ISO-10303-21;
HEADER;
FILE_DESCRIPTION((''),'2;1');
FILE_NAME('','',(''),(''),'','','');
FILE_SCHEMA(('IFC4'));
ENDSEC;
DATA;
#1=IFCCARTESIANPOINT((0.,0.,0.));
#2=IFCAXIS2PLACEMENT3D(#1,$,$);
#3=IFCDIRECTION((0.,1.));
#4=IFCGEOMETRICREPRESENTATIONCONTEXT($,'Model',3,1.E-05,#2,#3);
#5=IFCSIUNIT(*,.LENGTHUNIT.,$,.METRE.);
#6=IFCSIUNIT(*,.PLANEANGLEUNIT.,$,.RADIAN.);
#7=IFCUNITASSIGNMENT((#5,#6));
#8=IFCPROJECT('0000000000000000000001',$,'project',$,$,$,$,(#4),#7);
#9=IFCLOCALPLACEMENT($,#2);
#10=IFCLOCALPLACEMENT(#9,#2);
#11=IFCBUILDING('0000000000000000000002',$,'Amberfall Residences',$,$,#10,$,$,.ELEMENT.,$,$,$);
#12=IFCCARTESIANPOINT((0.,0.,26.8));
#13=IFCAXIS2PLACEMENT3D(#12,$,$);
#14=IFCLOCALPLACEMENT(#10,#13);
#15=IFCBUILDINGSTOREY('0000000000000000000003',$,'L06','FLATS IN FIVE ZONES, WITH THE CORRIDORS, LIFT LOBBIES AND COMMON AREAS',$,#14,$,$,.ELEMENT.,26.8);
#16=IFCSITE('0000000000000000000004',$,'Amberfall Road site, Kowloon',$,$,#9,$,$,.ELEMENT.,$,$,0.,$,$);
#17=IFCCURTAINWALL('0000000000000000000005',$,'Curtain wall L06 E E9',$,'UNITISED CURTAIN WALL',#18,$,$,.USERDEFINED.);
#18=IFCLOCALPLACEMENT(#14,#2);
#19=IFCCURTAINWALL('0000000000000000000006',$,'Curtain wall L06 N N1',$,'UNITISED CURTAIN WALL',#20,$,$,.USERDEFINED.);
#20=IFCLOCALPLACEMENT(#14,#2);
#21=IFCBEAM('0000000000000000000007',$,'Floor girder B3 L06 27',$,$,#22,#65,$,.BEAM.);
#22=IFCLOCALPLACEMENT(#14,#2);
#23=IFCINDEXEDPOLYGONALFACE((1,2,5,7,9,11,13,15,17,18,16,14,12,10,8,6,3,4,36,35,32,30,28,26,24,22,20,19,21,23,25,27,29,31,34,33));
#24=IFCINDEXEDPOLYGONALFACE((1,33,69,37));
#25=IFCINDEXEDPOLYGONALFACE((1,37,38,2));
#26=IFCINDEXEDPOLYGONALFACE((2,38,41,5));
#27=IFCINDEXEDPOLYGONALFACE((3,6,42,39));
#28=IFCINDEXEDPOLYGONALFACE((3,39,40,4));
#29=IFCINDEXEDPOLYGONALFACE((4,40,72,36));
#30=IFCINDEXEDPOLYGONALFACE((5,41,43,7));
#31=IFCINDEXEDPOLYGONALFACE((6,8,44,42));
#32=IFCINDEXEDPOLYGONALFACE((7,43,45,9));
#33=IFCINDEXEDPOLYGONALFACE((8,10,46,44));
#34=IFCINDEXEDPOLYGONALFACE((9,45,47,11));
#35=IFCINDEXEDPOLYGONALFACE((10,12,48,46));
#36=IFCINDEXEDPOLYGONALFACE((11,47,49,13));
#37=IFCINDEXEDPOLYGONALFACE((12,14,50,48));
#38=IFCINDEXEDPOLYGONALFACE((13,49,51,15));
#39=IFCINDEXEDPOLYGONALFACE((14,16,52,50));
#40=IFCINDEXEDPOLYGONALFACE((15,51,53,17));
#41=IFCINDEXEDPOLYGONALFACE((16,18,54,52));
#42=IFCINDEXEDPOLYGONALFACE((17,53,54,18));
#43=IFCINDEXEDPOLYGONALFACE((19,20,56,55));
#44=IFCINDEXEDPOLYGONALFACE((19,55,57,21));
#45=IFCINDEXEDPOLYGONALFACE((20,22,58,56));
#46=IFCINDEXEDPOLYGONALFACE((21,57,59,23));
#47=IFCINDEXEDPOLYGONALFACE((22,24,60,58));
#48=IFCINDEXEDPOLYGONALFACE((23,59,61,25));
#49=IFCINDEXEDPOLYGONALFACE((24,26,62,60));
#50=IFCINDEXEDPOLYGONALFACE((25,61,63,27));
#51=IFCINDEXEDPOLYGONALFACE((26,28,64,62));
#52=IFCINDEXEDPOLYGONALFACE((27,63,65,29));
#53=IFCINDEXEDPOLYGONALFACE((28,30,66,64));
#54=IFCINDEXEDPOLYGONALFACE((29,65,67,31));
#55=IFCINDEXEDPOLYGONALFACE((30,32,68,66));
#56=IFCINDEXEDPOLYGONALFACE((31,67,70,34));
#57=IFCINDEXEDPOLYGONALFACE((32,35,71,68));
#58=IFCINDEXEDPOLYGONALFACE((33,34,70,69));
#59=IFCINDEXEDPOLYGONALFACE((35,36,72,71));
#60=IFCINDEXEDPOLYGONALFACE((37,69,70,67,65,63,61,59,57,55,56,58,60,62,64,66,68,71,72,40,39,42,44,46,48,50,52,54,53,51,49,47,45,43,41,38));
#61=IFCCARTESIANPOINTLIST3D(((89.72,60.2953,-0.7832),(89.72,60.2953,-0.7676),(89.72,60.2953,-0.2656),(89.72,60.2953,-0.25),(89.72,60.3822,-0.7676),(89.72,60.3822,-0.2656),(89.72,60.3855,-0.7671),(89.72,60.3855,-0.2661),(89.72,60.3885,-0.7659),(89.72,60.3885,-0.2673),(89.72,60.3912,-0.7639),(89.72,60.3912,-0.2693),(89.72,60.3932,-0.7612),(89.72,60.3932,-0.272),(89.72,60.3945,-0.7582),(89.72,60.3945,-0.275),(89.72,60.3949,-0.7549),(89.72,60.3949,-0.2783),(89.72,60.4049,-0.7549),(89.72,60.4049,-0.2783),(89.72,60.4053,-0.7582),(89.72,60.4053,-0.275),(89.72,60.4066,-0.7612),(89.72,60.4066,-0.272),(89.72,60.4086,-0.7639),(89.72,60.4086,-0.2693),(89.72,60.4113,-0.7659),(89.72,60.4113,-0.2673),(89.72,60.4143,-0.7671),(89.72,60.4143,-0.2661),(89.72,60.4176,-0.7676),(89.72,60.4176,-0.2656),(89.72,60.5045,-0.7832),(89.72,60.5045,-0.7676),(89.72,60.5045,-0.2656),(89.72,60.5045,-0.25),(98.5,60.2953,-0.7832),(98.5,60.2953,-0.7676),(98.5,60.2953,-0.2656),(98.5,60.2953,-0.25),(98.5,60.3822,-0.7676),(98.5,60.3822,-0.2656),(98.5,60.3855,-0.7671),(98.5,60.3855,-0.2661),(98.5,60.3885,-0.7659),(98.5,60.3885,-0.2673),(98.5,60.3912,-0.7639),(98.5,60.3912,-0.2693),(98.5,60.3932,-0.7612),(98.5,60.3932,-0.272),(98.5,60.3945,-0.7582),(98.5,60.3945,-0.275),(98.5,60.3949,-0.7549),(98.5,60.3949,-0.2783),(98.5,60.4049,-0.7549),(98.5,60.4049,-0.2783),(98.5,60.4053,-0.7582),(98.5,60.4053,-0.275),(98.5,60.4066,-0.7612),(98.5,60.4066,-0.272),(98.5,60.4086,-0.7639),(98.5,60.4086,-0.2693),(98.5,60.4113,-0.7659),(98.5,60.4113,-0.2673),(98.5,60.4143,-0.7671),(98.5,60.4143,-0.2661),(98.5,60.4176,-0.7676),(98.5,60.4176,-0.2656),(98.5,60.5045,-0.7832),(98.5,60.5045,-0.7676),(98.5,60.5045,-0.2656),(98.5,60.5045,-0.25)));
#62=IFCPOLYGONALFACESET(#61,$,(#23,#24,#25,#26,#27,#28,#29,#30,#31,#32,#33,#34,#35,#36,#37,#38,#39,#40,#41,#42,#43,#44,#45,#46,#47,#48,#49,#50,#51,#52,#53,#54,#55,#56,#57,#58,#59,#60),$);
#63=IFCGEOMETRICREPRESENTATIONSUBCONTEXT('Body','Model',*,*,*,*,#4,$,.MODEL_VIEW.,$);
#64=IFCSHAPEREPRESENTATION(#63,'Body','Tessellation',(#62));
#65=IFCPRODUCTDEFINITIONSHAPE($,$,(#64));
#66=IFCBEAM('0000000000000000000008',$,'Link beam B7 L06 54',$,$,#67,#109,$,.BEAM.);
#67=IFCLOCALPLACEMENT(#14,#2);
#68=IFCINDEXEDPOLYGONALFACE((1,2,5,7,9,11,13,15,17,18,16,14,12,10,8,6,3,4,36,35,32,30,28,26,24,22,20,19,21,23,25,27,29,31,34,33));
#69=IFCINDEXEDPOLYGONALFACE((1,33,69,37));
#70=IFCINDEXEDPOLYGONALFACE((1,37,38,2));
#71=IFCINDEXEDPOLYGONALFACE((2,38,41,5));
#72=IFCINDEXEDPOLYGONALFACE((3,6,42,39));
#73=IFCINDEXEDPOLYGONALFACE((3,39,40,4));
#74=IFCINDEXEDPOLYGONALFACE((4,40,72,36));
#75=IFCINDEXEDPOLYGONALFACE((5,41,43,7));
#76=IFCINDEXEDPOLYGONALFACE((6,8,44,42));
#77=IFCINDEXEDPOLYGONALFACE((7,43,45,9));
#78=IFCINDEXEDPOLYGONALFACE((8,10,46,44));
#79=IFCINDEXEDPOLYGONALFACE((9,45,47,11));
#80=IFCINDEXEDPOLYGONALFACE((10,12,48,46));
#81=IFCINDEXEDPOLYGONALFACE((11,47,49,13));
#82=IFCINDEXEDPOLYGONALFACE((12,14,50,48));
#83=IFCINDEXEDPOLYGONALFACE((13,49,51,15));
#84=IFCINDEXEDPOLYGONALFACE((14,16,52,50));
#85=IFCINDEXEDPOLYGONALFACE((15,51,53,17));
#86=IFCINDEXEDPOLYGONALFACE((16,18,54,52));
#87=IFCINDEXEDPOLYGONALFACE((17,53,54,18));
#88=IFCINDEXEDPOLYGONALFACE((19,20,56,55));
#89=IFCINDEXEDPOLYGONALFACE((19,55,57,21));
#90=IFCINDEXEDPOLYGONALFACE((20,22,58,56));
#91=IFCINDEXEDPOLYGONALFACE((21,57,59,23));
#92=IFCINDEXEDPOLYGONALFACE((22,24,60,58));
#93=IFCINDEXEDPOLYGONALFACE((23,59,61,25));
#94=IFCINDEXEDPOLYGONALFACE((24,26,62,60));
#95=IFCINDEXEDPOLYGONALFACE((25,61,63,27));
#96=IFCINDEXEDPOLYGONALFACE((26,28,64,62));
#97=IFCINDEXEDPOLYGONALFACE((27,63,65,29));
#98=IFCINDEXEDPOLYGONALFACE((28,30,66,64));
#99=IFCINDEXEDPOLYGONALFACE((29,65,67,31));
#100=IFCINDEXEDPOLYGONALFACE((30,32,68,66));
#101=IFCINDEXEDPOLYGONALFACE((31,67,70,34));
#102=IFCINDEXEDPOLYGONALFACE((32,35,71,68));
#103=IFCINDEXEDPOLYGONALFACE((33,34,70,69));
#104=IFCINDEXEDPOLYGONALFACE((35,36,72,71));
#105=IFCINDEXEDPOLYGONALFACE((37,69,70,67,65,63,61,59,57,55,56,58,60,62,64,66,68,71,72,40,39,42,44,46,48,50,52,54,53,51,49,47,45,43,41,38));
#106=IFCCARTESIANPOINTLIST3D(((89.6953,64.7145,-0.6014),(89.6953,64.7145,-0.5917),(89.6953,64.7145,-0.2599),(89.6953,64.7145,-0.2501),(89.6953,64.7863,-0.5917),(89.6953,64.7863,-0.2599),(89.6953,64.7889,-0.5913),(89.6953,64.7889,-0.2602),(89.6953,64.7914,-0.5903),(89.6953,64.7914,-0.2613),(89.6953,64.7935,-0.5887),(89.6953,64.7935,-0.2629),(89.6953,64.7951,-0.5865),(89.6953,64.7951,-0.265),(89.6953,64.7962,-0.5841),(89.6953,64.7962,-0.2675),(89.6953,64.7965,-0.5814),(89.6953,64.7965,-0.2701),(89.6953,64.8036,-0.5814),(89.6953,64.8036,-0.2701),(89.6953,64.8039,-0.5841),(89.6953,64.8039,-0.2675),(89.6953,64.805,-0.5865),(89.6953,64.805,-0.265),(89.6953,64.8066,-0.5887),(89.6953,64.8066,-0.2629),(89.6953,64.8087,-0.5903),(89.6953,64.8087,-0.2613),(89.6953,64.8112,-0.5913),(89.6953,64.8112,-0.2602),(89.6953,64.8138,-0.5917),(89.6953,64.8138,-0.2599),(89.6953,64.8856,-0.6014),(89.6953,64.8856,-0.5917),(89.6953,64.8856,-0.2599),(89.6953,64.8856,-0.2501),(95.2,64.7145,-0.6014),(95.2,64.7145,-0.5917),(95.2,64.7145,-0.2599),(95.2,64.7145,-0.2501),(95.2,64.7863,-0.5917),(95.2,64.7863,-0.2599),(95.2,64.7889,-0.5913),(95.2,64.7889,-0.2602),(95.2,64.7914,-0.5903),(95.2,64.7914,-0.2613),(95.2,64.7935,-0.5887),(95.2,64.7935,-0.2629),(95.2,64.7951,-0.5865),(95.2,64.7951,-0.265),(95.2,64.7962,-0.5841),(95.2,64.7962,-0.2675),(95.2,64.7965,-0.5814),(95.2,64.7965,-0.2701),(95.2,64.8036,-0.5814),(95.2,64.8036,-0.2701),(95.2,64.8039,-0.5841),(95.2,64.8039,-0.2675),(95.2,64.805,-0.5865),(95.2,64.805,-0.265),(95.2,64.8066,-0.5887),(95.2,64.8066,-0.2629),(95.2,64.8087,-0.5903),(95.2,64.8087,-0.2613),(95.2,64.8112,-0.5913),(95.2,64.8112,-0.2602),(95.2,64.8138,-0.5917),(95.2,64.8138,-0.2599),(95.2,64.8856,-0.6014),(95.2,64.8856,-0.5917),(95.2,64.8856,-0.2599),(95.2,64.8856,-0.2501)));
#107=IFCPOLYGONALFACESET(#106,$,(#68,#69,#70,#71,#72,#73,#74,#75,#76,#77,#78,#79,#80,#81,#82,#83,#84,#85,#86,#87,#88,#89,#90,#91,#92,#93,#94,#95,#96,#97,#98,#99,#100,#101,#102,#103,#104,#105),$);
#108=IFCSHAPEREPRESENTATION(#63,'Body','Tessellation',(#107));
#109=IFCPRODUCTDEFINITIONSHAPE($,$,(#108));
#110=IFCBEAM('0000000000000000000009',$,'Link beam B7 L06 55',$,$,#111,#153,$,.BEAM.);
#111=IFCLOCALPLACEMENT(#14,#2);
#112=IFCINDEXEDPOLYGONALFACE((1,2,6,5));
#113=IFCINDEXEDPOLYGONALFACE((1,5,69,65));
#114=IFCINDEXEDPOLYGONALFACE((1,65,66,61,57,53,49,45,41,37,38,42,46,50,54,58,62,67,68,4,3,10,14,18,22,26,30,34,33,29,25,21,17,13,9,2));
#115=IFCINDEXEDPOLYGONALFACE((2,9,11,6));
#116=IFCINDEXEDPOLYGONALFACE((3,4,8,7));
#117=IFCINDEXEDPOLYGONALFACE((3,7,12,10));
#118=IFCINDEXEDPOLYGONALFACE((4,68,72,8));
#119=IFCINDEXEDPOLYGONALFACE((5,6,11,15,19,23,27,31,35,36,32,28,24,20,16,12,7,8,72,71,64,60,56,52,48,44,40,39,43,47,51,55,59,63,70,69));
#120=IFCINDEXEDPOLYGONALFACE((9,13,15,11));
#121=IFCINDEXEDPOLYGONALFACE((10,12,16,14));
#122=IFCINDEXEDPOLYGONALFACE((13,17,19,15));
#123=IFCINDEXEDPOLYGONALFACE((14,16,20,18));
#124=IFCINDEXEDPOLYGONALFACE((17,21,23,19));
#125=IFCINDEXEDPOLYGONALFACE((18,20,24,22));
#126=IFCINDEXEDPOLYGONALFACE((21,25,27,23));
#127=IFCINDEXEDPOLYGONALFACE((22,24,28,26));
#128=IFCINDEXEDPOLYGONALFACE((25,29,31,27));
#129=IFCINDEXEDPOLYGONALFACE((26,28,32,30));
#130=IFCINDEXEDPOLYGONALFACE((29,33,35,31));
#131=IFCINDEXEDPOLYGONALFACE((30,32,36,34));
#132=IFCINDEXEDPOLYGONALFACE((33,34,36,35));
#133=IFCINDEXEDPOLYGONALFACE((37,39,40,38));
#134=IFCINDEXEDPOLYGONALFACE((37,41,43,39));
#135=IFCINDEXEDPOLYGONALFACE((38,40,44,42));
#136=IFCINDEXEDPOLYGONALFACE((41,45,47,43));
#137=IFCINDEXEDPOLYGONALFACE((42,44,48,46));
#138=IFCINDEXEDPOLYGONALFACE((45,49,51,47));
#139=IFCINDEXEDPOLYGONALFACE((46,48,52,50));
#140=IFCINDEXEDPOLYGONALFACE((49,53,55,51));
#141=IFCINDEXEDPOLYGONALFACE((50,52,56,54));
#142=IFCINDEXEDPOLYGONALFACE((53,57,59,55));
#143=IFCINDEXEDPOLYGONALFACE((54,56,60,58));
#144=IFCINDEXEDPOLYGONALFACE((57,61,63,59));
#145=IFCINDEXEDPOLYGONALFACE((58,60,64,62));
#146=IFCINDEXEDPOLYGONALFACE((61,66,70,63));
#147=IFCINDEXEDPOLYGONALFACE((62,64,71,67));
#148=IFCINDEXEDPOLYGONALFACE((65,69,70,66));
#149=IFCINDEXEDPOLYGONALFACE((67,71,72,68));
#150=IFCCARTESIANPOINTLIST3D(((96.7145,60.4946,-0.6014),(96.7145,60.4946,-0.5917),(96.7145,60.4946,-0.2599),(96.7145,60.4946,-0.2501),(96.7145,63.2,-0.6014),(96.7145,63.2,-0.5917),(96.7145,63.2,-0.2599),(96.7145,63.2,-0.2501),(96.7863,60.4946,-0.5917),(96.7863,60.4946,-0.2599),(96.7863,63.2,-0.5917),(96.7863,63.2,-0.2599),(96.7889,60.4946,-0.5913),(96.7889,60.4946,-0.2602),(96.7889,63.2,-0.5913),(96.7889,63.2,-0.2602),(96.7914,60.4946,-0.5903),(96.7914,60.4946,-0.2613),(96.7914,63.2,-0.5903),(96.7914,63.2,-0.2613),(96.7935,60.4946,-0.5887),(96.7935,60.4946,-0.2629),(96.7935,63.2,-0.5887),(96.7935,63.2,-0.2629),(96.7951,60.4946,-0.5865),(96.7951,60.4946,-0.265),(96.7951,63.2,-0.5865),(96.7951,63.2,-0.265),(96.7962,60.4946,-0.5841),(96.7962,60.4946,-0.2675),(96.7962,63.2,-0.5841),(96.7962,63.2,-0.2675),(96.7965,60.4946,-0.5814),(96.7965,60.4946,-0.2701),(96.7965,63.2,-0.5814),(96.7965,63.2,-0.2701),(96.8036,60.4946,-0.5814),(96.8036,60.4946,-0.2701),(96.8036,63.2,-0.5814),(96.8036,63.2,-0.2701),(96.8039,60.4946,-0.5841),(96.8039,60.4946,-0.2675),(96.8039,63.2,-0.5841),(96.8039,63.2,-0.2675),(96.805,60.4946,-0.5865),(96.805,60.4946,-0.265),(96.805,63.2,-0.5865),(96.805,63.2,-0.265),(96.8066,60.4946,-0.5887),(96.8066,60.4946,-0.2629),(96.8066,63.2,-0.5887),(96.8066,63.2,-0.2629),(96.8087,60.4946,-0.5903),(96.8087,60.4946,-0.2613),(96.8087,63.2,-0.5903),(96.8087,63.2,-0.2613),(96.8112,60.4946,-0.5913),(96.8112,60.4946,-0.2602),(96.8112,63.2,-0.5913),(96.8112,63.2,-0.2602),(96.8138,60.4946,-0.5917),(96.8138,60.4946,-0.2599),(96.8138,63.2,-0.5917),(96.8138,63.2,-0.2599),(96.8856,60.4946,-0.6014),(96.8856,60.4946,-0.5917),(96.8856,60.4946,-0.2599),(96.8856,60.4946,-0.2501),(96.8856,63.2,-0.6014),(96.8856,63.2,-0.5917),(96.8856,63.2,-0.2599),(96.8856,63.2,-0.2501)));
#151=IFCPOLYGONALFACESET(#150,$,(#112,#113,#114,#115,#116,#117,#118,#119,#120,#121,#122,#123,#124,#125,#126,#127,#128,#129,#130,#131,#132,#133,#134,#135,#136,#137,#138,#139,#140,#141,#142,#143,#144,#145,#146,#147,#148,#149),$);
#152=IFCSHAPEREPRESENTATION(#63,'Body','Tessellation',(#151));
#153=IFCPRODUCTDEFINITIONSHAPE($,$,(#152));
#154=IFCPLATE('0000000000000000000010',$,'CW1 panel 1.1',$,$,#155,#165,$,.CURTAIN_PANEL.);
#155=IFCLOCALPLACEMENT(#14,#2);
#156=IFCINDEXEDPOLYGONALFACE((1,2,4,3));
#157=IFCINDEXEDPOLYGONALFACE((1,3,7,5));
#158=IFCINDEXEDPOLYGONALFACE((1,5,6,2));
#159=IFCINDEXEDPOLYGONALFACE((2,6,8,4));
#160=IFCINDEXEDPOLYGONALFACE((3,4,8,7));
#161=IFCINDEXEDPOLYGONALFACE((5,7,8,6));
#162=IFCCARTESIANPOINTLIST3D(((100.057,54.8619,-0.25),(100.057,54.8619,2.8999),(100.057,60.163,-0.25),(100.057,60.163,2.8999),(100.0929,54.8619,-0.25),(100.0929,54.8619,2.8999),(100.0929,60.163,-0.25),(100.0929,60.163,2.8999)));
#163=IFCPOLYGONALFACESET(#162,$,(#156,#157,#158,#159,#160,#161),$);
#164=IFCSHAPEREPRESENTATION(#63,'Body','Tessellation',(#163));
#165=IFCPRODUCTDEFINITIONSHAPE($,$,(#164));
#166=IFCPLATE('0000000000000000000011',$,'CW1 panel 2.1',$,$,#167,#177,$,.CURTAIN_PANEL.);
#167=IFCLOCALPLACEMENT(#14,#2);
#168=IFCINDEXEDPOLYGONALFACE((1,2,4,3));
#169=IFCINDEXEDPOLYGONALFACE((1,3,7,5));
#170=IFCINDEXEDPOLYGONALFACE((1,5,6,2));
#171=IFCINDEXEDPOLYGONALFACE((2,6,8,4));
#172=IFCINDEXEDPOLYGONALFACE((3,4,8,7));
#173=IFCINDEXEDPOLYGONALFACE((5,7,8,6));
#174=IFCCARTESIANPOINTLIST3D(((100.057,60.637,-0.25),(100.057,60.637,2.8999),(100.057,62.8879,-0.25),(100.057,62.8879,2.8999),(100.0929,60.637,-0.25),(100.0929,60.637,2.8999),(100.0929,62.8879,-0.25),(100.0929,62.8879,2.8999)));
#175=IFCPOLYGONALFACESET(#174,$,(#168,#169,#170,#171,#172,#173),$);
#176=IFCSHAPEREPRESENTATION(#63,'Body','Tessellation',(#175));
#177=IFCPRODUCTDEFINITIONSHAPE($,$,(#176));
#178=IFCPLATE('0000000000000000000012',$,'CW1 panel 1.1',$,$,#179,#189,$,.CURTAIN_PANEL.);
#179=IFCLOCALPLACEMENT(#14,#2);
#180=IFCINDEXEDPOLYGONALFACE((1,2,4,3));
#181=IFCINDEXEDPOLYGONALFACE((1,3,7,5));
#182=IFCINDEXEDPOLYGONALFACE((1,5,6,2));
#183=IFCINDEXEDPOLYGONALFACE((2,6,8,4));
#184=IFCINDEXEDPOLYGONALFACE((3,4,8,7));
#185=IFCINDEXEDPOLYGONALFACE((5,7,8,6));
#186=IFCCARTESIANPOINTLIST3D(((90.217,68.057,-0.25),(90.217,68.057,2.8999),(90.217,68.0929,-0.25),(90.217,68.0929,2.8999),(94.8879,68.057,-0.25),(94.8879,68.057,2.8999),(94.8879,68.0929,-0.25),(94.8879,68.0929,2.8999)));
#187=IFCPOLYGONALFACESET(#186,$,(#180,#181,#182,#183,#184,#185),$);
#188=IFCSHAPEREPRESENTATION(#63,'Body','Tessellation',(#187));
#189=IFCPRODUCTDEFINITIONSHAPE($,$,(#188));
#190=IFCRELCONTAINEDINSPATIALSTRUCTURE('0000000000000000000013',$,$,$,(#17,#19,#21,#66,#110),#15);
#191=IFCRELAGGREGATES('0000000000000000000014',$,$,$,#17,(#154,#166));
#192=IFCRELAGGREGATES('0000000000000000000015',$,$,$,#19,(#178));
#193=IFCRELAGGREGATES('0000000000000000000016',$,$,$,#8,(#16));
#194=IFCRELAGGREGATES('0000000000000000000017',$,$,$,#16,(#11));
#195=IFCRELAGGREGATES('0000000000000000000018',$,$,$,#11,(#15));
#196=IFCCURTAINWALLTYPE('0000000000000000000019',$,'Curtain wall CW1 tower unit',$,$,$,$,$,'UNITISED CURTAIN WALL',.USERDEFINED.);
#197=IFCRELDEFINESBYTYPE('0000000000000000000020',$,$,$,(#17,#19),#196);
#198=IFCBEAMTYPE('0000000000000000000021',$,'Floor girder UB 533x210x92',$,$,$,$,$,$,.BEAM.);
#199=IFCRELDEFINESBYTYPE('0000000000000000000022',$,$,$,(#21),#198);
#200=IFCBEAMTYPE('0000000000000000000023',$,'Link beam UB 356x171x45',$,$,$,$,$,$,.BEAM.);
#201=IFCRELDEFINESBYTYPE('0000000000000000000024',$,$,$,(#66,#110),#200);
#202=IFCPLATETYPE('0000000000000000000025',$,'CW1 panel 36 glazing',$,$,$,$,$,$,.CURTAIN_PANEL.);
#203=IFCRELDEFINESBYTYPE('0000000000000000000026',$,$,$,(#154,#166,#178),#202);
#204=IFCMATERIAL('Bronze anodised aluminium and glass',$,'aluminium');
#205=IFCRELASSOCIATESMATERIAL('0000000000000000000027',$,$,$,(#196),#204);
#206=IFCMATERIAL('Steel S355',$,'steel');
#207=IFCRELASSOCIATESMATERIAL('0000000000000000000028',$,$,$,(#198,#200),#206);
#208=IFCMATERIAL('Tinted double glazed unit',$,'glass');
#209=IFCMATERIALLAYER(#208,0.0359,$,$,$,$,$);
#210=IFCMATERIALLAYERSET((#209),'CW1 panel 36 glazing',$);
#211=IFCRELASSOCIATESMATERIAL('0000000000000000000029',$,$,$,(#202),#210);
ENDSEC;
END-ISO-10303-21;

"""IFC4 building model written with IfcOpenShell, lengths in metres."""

from ifc_helpers import new_model, si_unit, direction, frame, origin, origin_2d, place, context, subcontext, project, spatial, rectangle, i_section, extrude, material, layer, layer_set, material_profile, profile_set, type_object, element, aggregate, save


model = new_model("IFC4")

# Units and contexts
model_context = context("Model", 3, precision=1e-05, world=origin(), true_north=direction((0.0, 1.0)))
body_context = subcontext(model_context, "Body", "Model", "MODEL_VIEW")
ifc_project = project(units=[si_unit("LENGTHUNIT", "METRE"), si_unit("PLANEANGLEUNIT", "RADIAN")], contexts=[model_context])

# Site, building, storey
site_placement = place(None, origin())
site = spatial("IfcSite", under=ifc_project, at=site_placement, Name="Amberfall Road site, Kowloon", CompositionType="ELEMENT", RefElevation=0.0)
building_placement = place(site_placement, origin())
building = spatial("IfcBuilding", under=site, at=building_placement, Name="Amberfall Residences", CompositionType="ELEMENT")
storey_placement = place(building_placement, frame((0.0, 0.0, 26.8)))
storey = spatial("IfcBuildingStorey", under=building, at=storey_placement, Name="L06", Description="FLATS IN FIVE ZONES, WITH THE CORRIDORS, LIFT LOBBIES AND COMMON AREAS", CompositionType="ELEMENT", Elevation=26.8)

# Curtain wall
ifc_material_1 = material(Name="Bronze anodised aluminium and glass", Category="aluminium")
curtain_wall_type = type_object("IfcCurtainWallType", Name="Curtain wall CW1 tower unit", ElementType="UNITISED CURTAIN WALL", PredefinedType="USERDEFINED", material=ifc_material_1)
curtain_wall_1_placement = place(storey_placement, origin())
curtain_wall_1 = element("IfcCurtainWall", 1, at=curtain_wall_1_placement, inside=storey, type_object=curtain_wall_type, Name="Curtain wall L06 E E9", ObjectType="UNITISED CURTAIN WALL", PredefinedType="USERDEFINED")

# Curtain wall
curtain_wall_2_placement = place(storey_placement, origin())
curtain_wall_2 = element("IfcCurtainWall", 2, at=curtain_wall_2_placement, inside=storey, type_object=curtain_wall_type, Name="Curtain wall L06 N N1", ObjectType="UNITISED CURTAIN WALL", PredefinedType="USERDEFINED")

# Beams
ifc_material_2 = material(Name="Steel S355", Category="steel")
ifc_material_profile_1 = material_profile(ifc_material_2, i_section(OverallWidth=0.2092, OverallDepth=0.5332, WebThickness=0.01, FlangeThickness=0.0156, FilletRadius=0.0127, at=origin_2d()), Name="UB 533x210x92")
ifc_profile_set_1 = profile_set([ifc_material_profile_1], Name="Steel S355")
beam_type_1 = type_object("IfcBeamType", Name="Floor girder UB 533x210x92", PredefinedType="BEAM", material=ifc_profile_set_1)
beam_1_placement = place(storey_placement, frame((98.5, 60.3999, -0.5166), z_axis=(-1.0, 0.0, 0.0), x_axis=(0.0, -1.0, 0.0)))
element("IfcBeam", 3, at=beam_1_placement, inside=storey, type_object=beam_type_1, Name="Floor girder B3 L06 27", PredefinedType="BEAM", context=body_context, shape_type="SweptSolid", body=[
    extrude(i_section(OverallWidth=0.2092, OverallDepth=0.5332, WebThickness=0.01, FlangeThickness=0.0156, FilletRadius=0.0127, at=origin_2d()), origin(), (0.0, 0.0, 1.0), 8.78),
])
ifc_material_profile_2 = material_profile(ifc_material_2, i_section(OverallWidth=0.1711, OverallDepth=0.3513, WebThickness=0.0071, FlangeThickness=0.0098, FilletRadius=0.0103, at=origin_2d()), Name="UB 356x171x45")
ifc_profile_set_2 = profile_set([ifc_material_profile_2], Name="Steel S355")
beam_type_2 = type_object("IfcBeamType", Name="Link beam UB 356x171x45", PredefinedType="BEAM", material=ifc_profile_set_2)
beam_2_placement = place(storey_placement, frame((95.2, 64.8, -0.4258), z_axis=(-1.0, 0.0, 0.0), x_axis=(0.0, -1.0, 0.0)))
element("IfcBeam", 4, at=beam_2_placement, inside=storey, type_object=beam_type_2, Name="Link beam B7 L06 54", PredefinedType="BEAM", context=body_context, shape_type="SweptSolid", body=[
    extrude(i_section(OverallWidth=0.1711, OverallDepth=0.3513, WebThickness=0.0071, FlangeThickness=0.0098, FilletRadius=0.0103, at=origin_2d()), origin(), (0.0, 0.0, 1.0), 5.5046),
])
beam_3_placement = place(storey_placement, frame((96.8, 63.2, -0.4258), z_axis=(0.0, -1.0, 0.0), x_axis=(1.0, 0.0, 0.0)))
element("IfcBeam", 5, at=beam_3_placement, inside=storey, type_object=beam_type_2, Name="Link beam B7 L06 55", PredefinedType="BEAM", context=body_context, shape_type="SweptSolid", body=[
    extrude(i_section(OverallWidth=0.1711, OverallDepth=0.3513, WebThickness=0.0071, FlangeThickness=0.0098, FilletRadius=0.0103, at=origin_2d()), origin(), (0.0, 0.0, 1.0), 2.7053),
])

# Plates
ifc_material_3 = material(Name="Tinted double glazed unit", Category="glass")
ifc_layer_1 = layer(ifc_material_3, 0.0359)
ifc_layer_set_1 = layer_set([ifc_layer_1], Name="CW1 panel 36 glazing")
plate_type = type_object("IfcPlateType", Name="CW1 panel 36 glazing", PredefinedType="CURTAIN_PANEL", material=ifc_layer_set_1)
plate_1_placement = place(storey_placement, frame((100.075, 57.5125, -0.25), z_axis=(0.0, 0.0, 1.0), x_axis=(0.0, 1.0, 0.0)))
plate_1 = element("IfcPlate", 6, at=plate_1_placement, type_object=plate_type, Name="CW1 panel 1.1", PredefinedType="CURTAIN_PANEL", context=body_context, shape_type="SweptSolid", body=[
    extrude(rectangle(XDim=5.301, YDim=0.0359, at=origin_2d()), origin(), (0.0, 0.0, 1.0), 3.1499),
])
plate_2_placement = place(storey_placement, frame((100.075, 61.7625, -0.25), z_axis=(0.0, 0.0, 1.0), x_axis=(0.0, 1.0, 0.0)))
plate_2 = element("IfcPlate", 7, at=plate_2_placement, type_object=plate_type, Name="CW1 panel 2.1", PredefinedType="CURTAIN_PANEL", context=body_context, shape_type="SweptSolid", body=[
    extrude(rectangle(XDim=2.251, YDim=0.0359, at=origin_2d()), origin(), (0.0, 0.0, 1.0), 3.1499),
])
aggregate(curtain_wall_1, [plate_1, plate_2])
plate_3_placement = place(storey_placement, frame((92.5525, 68.075, -0.25), z_axis=(0.0, 0.0, 1.0), x_axis=(-1.0, 0.0, 0.0)))
plate_3 = element("IfcPlate", 8, at=plate_3_placement, type_object=plate_type, Name="CW1 panel 1.1", PredefinedType="CURTAIN_PANEL", context=body_context, shape_type="SweptSolid", body=[
    extrude(rectangle(XDim=4.6709, YDim=0.0359, at=origin_2d()), origin(), (0.0, 0.0, 1.0), 3.1499),
])
aggregate(curtain_wall_2, [plate_3])

save(model, "model.ifc")
